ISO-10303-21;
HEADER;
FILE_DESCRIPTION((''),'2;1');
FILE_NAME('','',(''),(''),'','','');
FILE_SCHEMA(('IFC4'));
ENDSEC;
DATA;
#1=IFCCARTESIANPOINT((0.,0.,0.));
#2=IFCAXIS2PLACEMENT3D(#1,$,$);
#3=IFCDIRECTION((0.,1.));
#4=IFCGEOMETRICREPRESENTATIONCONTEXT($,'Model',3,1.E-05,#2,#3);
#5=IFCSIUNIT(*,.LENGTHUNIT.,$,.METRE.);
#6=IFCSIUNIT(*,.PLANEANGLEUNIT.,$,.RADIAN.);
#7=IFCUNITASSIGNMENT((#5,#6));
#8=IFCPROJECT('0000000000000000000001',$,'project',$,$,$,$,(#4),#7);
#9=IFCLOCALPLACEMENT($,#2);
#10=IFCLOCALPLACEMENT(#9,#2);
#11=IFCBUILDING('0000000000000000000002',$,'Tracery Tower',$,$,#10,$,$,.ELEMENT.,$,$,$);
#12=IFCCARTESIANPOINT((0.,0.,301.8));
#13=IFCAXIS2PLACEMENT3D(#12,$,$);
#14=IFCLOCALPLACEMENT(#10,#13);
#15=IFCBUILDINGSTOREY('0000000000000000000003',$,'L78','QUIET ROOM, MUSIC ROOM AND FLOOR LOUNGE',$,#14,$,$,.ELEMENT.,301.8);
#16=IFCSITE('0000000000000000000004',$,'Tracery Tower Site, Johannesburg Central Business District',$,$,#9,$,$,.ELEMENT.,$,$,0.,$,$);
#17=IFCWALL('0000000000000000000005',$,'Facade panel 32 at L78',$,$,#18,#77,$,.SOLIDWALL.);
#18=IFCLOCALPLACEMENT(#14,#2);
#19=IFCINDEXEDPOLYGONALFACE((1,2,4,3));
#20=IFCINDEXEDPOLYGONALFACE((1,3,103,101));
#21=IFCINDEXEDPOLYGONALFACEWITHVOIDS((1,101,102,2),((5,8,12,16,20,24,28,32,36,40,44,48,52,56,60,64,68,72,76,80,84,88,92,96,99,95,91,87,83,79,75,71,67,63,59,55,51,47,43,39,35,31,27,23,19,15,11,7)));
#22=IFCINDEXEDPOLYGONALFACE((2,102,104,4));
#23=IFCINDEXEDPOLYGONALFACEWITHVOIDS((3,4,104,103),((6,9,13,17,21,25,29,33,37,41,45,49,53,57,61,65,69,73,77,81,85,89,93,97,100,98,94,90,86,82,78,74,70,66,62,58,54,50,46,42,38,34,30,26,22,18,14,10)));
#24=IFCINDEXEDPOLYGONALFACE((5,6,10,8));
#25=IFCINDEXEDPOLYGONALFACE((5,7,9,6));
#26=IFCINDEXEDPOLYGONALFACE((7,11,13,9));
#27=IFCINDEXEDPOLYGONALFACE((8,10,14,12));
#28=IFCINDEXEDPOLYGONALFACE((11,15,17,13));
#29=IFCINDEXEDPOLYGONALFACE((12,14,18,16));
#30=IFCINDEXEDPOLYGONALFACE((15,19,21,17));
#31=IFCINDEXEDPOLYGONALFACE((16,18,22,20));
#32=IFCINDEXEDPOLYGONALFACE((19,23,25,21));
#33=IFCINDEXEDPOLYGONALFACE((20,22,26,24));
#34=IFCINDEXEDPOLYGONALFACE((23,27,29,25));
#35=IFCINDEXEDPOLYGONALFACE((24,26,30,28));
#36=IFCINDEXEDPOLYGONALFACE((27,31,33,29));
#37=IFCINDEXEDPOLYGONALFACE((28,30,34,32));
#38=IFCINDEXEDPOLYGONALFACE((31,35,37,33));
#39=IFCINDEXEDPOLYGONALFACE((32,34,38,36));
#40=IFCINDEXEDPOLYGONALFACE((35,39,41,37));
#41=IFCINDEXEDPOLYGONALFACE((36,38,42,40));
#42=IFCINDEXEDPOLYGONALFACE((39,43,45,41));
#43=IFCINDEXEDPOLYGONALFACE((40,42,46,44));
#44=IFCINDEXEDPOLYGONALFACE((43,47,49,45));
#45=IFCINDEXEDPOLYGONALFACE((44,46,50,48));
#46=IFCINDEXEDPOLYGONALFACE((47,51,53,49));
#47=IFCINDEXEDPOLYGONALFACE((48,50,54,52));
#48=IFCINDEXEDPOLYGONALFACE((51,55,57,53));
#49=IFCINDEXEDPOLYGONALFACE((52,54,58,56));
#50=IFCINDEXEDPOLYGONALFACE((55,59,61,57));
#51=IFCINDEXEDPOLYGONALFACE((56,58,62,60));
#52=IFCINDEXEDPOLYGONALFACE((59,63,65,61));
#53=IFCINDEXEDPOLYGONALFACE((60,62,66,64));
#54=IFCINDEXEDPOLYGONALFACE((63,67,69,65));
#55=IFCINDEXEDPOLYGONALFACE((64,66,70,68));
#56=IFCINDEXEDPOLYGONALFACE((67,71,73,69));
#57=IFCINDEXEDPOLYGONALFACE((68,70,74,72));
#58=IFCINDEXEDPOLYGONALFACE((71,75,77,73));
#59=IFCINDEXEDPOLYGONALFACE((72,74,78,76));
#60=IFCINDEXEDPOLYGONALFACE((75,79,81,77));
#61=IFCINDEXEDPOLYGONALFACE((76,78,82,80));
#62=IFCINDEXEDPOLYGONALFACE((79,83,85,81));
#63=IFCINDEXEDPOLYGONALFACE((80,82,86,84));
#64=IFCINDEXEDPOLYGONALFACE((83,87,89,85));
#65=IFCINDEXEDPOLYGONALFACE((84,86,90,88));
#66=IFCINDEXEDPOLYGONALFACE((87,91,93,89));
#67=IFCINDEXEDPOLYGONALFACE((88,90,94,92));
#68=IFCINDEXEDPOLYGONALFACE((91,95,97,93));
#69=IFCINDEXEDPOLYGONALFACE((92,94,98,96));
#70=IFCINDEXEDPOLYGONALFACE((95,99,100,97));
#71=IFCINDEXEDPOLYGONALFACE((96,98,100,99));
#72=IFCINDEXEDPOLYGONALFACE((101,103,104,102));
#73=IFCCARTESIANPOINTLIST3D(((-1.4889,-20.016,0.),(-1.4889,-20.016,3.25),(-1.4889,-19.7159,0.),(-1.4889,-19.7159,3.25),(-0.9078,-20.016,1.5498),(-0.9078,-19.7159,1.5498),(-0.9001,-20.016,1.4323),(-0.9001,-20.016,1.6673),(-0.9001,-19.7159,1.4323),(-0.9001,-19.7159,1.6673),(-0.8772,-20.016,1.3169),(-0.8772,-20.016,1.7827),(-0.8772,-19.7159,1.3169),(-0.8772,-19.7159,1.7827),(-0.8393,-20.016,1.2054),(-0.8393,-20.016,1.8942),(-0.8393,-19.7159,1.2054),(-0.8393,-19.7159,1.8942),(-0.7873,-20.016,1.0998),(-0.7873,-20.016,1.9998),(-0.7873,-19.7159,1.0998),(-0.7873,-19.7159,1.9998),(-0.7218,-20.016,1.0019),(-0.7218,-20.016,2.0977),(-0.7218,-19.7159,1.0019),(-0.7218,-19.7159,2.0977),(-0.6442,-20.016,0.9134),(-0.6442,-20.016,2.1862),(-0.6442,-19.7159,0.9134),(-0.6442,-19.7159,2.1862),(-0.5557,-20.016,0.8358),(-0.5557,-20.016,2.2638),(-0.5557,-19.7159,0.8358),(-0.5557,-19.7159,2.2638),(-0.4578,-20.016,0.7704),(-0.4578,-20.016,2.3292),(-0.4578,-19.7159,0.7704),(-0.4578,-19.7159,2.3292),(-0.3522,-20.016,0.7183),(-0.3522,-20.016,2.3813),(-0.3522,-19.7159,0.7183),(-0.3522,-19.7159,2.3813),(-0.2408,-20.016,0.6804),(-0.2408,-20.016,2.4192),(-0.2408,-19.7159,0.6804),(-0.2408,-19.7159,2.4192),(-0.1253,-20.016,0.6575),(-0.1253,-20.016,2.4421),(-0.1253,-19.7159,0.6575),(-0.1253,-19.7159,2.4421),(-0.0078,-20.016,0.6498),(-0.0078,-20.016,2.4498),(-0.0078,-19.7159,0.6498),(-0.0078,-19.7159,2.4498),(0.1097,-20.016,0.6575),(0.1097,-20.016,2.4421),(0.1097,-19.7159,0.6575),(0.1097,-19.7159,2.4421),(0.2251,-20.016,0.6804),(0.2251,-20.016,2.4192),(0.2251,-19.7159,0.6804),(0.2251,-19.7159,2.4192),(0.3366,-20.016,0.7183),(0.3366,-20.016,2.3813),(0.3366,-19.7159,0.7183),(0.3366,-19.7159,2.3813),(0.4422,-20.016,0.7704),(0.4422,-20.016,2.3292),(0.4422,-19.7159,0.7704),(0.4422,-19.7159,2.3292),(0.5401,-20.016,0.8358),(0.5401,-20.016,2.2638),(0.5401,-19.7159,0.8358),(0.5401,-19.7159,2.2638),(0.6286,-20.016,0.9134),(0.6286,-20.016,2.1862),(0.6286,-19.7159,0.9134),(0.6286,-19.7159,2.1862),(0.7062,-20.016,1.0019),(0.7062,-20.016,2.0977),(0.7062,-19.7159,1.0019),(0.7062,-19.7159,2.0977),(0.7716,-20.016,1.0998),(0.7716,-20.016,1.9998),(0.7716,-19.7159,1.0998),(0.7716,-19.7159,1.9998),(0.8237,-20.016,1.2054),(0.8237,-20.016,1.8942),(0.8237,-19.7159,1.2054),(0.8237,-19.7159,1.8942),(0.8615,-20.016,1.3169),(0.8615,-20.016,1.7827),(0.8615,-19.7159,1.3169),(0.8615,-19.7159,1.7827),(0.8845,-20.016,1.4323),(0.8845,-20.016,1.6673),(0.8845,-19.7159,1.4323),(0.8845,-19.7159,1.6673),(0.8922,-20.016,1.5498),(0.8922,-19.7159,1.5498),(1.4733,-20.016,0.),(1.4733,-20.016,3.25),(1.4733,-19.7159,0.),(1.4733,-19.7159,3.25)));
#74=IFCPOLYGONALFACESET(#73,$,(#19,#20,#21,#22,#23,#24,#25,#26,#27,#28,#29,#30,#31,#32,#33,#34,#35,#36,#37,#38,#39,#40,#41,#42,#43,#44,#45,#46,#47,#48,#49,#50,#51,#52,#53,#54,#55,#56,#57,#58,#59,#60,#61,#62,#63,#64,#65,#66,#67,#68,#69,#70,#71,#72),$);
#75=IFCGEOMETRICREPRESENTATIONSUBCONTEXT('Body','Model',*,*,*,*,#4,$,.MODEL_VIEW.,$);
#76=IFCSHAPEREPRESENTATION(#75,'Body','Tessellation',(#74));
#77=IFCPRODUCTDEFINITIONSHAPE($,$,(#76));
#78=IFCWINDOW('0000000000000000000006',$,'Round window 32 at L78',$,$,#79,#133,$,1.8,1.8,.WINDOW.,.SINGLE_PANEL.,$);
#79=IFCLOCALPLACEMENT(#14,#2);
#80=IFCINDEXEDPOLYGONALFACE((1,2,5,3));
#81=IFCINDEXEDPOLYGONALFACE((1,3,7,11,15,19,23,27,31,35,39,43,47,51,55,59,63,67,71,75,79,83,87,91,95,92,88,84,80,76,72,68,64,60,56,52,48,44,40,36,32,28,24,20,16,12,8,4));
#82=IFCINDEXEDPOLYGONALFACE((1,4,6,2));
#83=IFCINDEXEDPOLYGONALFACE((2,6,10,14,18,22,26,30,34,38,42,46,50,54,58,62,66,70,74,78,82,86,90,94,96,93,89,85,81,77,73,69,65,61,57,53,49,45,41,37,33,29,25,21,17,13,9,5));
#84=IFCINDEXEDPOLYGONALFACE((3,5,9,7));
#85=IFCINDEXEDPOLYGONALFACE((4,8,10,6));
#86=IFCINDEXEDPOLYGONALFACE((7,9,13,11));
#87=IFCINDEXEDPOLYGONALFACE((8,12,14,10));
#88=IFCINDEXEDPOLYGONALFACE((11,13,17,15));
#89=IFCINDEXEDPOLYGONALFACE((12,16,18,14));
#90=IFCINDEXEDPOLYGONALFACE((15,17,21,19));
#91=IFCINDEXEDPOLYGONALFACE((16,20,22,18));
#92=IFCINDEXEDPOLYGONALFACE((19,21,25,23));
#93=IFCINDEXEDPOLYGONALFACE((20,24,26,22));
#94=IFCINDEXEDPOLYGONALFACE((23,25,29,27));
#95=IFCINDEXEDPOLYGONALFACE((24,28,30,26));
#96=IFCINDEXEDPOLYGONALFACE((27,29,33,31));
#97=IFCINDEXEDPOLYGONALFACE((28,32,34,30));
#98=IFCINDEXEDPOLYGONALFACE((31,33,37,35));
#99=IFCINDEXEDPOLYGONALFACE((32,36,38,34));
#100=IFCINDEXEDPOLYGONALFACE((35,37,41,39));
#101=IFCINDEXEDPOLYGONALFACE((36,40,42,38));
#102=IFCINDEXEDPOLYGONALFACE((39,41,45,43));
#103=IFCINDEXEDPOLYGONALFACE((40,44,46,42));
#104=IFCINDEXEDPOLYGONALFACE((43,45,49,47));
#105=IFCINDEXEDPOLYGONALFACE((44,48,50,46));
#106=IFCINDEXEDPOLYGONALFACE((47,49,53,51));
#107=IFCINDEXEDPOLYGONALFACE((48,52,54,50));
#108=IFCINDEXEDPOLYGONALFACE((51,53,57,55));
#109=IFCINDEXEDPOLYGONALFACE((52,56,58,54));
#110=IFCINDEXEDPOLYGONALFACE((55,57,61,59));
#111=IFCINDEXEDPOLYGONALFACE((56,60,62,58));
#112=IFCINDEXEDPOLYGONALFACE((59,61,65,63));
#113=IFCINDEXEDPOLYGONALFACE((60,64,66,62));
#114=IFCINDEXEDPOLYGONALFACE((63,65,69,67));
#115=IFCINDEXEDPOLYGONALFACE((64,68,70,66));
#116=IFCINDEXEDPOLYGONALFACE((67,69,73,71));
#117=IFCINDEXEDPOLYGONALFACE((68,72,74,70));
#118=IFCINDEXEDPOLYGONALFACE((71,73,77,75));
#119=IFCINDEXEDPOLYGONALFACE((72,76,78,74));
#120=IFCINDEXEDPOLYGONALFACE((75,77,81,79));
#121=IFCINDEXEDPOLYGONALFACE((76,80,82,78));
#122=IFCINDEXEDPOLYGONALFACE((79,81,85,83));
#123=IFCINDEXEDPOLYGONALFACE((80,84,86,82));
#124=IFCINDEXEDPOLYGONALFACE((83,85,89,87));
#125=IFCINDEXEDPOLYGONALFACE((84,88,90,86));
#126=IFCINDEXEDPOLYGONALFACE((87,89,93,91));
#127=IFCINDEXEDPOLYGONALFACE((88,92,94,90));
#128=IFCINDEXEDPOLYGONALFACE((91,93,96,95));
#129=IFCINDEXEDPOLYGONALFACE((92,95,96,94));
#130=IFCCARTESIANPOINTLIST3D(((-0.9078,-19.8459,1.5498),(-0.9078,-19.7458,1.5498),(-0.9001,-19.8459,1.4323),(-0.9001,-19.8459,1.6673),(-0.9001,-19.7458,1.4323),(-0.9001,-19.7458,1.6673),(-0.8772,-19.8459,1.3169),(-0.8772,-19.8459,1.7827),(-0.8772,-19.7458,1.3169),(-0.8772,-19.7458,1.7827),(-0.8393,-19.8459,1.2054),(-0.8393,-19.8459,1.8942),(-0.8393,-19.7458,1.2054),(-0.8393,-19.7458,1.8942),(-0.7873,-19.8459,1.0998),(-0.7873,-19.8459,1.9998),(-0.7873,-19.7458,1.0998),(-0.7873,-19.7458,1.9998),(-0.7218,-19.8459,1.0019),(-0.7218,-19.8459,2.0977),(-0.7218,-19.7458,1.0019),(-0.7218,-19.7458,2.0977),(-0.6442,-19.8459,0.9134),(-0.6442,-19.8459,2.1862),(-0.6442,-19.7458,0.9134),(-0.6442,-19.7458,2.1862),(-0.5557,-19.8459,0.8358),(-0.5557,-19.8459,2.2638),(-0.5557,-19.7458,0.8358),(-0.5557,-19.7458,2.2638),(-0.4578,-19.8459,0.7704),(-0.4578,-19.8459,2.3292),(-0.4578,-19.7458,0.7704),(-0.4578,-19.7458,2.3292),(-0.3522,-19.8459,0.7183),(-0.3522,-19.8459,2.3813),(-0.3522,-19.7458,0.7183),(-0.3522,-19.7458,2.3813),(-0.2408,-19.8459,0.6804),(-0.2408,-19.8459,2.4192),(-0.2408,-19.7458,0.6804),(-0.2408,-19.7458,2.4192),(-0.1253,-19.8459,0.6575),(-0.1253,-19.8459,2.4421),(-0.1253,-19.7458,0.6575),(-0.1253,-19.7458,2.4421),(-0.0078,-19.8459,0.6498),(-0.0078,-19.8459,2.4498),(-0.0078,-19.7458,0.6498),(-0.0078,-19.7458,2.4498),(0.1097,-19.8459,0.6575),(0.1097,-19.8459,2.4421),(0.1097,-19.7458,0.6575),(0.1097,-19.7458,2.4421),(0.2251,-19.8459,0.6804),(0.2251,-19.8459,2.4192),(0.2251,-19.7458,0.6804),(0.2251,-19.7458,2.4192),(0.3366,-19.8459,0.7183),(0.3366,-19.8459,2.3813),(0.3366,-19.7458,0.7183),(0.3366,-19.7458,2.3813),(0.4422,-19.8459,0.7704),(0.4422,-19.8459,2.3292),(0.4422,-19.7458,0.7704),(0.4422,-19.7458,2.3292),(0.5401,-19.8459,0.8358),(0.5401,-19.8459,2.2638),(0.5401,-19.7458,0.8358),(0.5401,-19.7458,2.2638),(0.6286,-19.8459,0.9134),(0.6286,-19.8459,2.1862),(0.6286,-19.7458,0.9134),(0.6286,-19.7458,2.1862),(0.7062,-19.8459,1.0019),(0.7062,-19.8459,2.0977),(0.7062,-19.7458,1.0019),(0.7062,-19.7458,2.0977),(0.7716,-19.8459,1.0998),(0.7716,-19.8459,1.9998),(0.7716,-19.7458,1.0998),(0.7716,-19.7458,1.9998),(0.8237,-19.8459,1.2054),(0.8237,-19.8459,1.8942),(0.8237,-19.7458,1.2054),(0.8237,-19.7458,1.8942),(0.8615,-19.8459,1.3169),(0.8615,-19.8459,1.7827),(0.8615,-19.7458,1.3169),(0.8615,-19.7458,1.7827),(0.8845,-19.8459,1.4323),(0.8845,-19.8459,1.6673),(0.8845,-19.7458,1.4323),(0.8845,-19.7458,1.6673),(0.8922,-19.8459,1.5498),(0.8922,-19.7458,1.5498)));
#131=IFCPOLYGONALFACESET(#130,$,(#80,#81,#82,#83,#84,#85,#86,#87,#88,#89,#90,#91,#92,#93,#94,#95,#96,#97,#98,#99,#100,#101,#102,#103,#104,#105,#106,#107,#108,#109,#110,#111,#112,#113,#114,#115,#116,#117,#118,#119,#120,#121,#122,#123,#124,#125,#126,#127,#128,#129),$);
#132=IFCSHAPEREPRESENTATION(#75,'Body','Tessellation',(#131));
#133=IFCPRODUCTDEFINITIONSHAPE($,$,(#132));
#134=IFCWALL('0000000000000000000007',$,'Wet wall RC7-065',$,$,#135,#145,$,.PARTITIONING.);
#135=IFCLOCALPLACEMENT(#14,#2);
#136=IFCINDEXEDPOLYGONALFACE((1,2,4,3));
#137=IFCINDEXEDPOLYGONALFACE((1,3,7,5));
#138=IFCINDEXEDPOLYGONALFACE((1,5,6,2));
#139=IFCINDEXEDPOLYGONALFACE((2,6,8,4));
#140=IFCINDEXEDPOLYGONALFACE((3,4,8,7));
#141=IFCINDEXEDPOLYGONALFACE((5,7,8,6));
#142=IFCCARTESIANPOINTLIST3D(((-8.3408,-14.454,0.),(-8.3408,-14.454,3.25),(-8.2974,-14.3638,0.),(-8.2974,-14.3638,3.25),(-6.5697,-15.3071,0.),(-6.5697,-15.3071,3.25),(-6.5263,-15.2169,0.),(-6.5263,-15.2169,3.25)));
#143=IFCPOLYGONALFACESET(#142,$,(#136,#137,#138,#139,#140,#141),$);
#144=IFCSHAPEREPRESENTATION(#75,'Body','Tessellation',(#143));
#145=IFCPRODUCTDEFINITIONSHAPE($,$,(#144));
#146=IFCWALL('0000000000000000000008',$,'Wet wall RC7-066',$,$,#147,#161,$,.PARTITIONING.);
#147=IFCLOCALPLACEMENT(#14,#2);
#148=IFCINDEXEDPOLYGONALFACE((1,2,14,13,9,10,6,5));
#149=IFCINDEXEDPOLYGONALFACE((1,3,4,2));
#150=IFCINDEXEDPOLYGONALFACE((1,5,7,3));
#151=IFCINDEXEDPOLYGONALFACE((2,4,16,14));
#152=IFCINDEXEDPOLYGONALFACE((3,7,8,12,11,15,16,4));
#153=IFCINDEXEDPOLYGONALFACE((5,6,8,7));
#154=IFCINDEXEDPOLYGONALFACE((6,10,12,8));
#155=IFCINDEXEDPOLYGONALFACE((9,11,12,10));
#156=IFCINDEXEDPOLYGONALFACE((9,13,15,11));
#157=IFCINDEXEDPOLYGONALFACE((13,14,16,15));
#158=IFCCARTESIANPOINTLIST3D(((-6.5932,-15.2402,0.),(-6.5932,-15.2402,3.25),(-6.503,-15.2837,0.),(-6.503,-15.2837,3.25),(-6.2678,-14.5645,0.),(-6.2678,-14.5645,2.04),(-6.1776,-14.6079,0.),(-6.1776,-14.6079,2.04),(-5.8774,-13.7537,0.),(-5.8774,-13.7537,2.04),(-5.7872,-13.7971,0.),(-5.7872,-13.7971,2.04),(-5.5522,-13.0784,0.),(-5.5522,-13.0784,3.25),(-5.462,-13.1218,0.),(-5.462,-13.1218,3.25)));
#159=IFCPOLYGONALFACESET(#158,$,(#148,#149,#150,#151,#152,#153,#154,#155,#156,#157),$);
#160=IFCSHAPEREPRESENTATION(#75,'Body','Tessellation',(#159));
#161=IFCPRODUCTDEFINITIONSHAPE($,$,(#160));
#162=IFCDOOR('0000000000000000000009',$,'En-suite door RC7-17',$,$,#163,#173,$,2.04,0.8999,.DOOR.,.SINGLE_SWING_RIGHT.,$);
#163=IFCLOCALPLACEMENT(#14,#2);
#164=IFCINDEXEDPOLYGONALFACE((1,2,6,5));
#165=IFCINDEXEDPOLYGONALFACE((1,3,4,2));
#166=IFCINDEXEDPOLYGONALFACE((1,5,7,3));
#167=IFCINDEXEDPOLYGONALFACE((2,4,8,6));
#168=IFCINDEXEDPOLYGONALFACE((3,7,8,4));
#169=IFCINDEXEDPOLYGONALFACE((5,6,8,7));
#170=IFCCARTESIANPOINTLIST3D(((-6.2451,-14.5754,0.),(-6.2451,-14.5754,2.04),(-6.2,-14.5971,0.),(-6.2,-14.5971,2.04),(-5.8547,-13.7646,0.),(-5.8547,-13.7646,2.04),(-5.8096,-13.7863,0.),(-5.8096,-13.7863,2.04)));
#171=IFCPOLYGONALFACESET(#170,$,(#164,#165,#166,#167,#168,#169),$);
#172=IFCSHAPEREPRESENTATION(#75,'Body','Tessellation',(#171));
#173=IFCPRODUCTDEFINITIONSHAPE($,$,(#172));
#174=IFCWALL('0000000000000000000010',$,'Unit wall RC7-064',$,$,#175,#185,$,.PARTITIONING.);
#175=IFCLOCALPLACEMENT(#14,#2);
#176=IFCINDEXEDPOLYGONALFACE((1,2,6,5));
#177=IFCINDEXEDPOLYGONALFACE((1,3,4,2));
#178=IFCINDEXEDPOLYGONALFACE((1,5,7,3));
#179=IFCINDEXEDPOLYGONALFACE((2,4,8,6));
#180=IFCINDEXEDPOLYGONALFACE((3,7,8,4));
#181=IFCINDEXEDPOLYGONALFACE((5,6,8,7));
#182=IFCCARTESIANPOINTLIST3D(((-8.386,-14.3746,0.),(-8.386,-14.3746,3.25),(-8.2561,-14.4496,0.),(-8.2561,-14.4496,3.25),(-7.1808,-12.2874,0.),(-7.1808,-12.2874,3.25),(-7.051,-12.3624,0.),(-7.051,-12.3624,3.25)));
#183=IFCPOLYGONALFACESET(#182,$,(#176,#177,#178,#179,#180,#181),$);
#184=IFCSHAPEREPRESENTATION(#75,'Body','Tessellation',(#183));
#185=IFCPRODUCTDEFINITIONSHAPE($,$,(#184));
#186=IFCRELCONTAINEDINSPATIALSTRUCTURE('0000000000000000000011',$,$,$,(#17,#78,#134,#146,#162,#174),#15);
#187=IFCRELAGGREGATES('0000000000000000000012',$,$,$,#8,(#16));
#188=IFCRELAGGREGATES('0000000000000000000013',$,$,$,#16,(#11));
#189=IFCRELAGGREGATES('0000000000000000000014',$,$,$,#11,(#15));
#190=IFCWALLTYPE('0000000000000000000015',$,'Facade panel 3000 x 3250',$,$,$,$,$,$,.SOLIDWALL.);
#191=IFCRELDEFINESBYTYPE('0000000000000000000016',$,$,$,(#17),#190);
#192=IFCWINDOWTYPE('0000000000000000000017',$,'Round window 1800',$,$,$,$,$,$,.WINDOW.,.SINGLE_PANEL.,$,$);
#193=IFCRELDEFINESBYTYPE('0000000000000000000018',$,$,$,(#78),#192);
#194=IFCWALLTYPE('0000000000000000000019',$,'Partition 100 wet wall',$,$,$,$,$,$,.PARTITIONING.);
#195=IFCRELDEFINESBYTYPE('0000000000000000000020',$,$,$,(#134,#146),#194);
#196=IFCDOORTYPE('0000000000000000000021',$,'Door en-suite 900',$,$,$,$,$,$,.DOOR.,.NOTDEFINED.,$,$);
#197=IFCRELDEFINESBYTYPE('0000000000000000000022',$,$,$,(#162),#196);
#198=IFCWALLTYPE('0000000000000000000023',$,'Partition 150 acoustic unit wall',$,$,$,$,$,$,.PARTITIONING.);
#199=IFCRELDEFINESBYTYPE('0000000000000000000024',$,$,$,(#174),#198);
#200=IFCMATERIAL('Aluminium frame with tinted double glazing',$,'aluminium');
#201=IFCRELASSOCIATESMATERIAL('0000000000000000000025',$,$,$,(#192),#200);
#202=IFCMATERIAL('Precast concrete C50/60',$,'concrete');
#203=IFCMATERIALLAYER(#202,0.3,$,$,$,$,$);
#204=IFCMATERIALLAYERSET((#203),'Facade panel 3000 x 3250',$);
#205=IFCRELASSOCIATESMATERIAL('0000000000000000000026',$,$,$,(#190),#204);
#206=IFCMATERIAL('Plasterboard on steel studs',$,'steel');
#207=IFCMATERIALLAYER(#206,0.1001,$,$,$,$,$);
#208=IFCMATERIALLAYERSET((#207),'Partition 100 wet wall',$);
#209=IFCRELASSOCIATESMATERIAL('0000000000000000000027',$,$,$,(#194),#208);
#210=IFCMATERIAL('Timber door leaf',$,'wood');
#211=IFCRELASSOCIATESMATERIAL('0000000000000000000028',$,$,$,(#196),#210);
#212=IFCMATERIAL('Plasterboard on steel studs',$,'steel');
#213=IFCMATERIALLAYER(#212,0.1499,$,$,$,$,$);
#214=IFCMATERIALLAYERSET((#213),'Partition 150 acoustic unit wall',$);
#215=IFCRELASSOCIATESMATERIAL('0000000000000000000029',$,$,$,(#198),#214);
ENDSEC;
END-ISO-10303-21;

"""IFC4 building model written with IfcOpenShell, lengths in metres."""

from ifc_helpers import new_model, si_unit, direction, frame, frame_2d, origin, origin_2d, place, context, subcontext, project, spatial, rectangle, circle, extrude, material, layer, layer_set, type_object, element, fill, save


model = new_model("IFC4")

# Units and contexts
model_context = context("Model", 3, precision=1e-05, world=origin(), true_north=direction((0.0, 1.0)))
body_context = subcontext(model_context, "Body", "Model", "MODEL_VIEW")
ifc_project = project(units=[si_unit("LENGTHUNIT", "METRE"), si_unit("PLANEANGLEUNIT", "RADIAN")], contexts=[model_context])

# Site, building, storey
site_placement = place(None, origin())
site = spatial("IfcSite", under=ifc_project, at=site_placement, Name="Tracery Tower Site, Johannesburg Central Business District", CompositionType="ELEMENT", RefElevation=0.0)
building_placement = place(site_placement, origin())
building = spatial("IfcBuilding", under=site, at=building_placement, Name="Tracery Tower", CompositionType="ELEMENT")
storey_placement = place(building_placement, frame((0.0, 0.0, 301.8)))
storey = spatial("IfcBuildingStorey", under=building, at=storey_placement, Name="L78", Description="QUIET ROOM, MUSIC ROOM AND FLOOR LOUNGE", CompositionType="ELEMENT", Elevation=301.8)

# Wall, opening, window
ifc_material_1 = material(Name="Aluminium frame with tinted double glazing", Category="aluminium")
window_type = type_object("IfcWindowType", Name="Round window 1800", PartitioningType="SINGLE_PANEL", PredefinedType="WINDOW", material=ifc_material_1)
ifc_material_2 = material(Name="Precast concrete C50/60", Category="concrete")
ifc_layer_1 = layer(ifc_material_2, 0.3)
ifc_layer_set_1 = layer_set([ifc_layer_1], Name="Facade panel 3000 x 3250")
wall_type_1 = type_object("IfcWallType", Name="Facade panel 3000 x 3250", PredefinedType="SOLIDWALL", material=ifc_layer_set_1)
wall_1_placement = place(storey_placement, frame((-1.4888, -19.866, 0.0), z_axis=(0.0, 0.0, 1.0), x_axis=(1.0, 0.0, 0.0)))
wall_1 = element("IfcWall", 1, at=wall_1_placement, inside=storey, type_object=wall_type_1, Name="Facade panel 32 at L78", PredefinedType="SOLIDWALL", context=body_context, shape_type="SweptSolid", body=[
    extrude(rectangle(XDim=2.9622, YDim=0.3, at=frame_2d((1.481, 0.0))), origin(), (0.0, 0.0, 1.0), 3.25),
])
opening_1_placement = place(wall_1_placement, frame((1.481, 0.0, 1.5498)))
opening_1 = element("IfcOpeningElement", 2, at=opening_1_placement, cuts=wall_1, PredefinedType="OPENING", context=body_context, shape_type="SweptSolid", body=[
    extrude(circle(Radius=0.9, at=origin_2d()), frame((0.0, 0.1599, 0.0), z_axis=(0.0, -1.0, 0.0), x_axis=(1.0, 0.0, 0.0)), (0.0, 0.0, 1.0), 0.3201),
])
window_1_placement = place(opening_1_placement, origin())
window_1 = element("IfcWindow", 3, at=window_1_placement, inside=storey, type_object=window_type, Name="Round window 32 at L78", OverallHeight=1.8, OverallWidth=1.8, PartitioningType="SINGLE_PANEL", PredefinedType="WINDOW", context=body_context, shape_type="SweptSolid", body=[
    extrude(circle(Radius=0.9, at=origin_2d()), frame((0.0, 0.1201, 0.0), z_axis=(0.0, -1.0, 0.0), x_axis=(1.0, 0.0, 0.0)), (0.0, 0.0, 1.0), 0.1001),
])
fill(opening_1, window_1)

# Wall
ifc_material_3 = material(Name="Plasterboard on steel studs", Category="steel")
ifc_layer_2 = layer(ifc_material_3, 0.1001)
ifc_layer_set_2 = layer_set([ifc_layer_2], Name="Partition 100 wet wall")
wall_type_2 = type_object("IfcWallType", Name="Partition 100 wet wall", PredefinedType="PARTITIONING", material=ifc_layer_set_2)
wall_2_placement = place(storey_placement, frame((-8.3191, -14.4089, 0.0), z_axis=(0.0, 0.0, 1.0), x_axis=(0.900937, -0.43395, 0.0)))
element("IfcWall", 4, at=wall_2_placement, inside=storey, type_object=wall_type_2, Name="Wet wall RC7-065", PredefinedType="PARTITIONING", context=body_context, shape_type="SweptSolid", body=[
    extrude(rectangle(XDim=1.9658, YDim=0.1001, at=frame_2d((0.9829, 0.0))), origin(), (0.0, 0.0, 1.0), 3.25),
])

# Wall, opening, door
wall_3_placement = place(storey_placement, frame((-6.5481, -15.262, 0.0), z_axis=(0.0, 0.0, 1.0), x_axis=(0.433855, 0.900983, 0.0)))
wall_3 = element("IfcWall", 5, at=wall_3_placement, inside=storey, type_object=wall_type_2, Name="Wet wall RC7-066", PredefinedType="PARTITIONING", context=body_context, shape_type="SweptSolid", body=[
    extrude(rectangle(XDim=2.3994, YDim=0.1001, at=frame_2d((1.1997, 0.0))), origin(), (0.0, 0.0, 1.0), 3.25),
])
opening_2_placement = place(wall_3_placement, frame((0.75, 0.0, 0.0)))
opening_2 = element("IfcOpeningElement", 6, at=opening_2_placement, cuts=wall_3, PredefinedType="OPENING", context=body_context, shape_type="SweptSolid", body=[
    extrude(rectangle(XDim=0.8999, YDim=2.04, at=frame_2d((0.45, 1.02))), frame((0.0, 0.05, 0.0), z_axis=(0.0, -1.0, 0.0), x_axis=(1.0, 0.0, 0.0)), (0.0, 0.0, 1.0), 0.1001),
])
ifc_material_4 = material(Name="Timber door leaf", Category="wood")
door_type_1 = type_object("IfcDoorType", Name="Door en-suite 900", OperationType="NOTDEFINED", PredefinedType="DOOR", material=ifc_material_4)
door_1_placement = place(opening_2_placement, origin())
door_1 = element("IfcDoor", 7, at=door_1_placement, inside=storey, type_object=door_type_1, Name="En-suite door RC7-17", OperationType="SINGLE_SWING_RIGHT", OverallHeight=2.04, OverallWidth=0.8999, PredefinedType="DOOR", context=body_context, shape_type="SweptSolid", body=[
    extrude(rectangle(XDim=0.8999, YDim=2.04, at=frame_2d((0.45, 1.02))), frame((0.0, 0.0249, 0.0), z_axis=(0.0, -1.0, 0.0), x_axis=(1.0, 0.0, 0.0)), (0.0, 0.0, 1.0), 0.05),
])
fill(opening_2, door_1)

# Wall
ifc_material_5 = material(Name="Plasterboard on steel studs", Category="steel")
ifc_layer_3 = layer(ifc_material_5, 0.1499)
ifc_layer_set_3 = layer_set([ifc_layer_3], Name="Partition 150 acoustic unit wall")
wall_type_3 = type_object("IfcWallType", Name="Partition 150 acoustic unit wall", PredefinedType="PARTITIONING", material=ifc_layer_set_3)
wall_4_placement = place(storey_placement, frame((-8.321, -14.4121, 0.0), z_axis=(0.0, 0.0, 1.0), x_axis=(0.500018, 0.866015, 0.0)))
element("IfcWall", 8, at=wall_4_placement, inside=storey, type_object=wall_type_3, Name="Unit wall RC7-064", PredefinedType="PARTITIONING", context=body_context, shape_type="SweptSolid", body=[
    extrude(rectangle(XDim=2.4102, YDim=0.1499, at=frame_2d((1.2051, 0.0))), origin(), (0.0, 0.0, 1.0), 3.25),
])

save(model, "model.ifc")
